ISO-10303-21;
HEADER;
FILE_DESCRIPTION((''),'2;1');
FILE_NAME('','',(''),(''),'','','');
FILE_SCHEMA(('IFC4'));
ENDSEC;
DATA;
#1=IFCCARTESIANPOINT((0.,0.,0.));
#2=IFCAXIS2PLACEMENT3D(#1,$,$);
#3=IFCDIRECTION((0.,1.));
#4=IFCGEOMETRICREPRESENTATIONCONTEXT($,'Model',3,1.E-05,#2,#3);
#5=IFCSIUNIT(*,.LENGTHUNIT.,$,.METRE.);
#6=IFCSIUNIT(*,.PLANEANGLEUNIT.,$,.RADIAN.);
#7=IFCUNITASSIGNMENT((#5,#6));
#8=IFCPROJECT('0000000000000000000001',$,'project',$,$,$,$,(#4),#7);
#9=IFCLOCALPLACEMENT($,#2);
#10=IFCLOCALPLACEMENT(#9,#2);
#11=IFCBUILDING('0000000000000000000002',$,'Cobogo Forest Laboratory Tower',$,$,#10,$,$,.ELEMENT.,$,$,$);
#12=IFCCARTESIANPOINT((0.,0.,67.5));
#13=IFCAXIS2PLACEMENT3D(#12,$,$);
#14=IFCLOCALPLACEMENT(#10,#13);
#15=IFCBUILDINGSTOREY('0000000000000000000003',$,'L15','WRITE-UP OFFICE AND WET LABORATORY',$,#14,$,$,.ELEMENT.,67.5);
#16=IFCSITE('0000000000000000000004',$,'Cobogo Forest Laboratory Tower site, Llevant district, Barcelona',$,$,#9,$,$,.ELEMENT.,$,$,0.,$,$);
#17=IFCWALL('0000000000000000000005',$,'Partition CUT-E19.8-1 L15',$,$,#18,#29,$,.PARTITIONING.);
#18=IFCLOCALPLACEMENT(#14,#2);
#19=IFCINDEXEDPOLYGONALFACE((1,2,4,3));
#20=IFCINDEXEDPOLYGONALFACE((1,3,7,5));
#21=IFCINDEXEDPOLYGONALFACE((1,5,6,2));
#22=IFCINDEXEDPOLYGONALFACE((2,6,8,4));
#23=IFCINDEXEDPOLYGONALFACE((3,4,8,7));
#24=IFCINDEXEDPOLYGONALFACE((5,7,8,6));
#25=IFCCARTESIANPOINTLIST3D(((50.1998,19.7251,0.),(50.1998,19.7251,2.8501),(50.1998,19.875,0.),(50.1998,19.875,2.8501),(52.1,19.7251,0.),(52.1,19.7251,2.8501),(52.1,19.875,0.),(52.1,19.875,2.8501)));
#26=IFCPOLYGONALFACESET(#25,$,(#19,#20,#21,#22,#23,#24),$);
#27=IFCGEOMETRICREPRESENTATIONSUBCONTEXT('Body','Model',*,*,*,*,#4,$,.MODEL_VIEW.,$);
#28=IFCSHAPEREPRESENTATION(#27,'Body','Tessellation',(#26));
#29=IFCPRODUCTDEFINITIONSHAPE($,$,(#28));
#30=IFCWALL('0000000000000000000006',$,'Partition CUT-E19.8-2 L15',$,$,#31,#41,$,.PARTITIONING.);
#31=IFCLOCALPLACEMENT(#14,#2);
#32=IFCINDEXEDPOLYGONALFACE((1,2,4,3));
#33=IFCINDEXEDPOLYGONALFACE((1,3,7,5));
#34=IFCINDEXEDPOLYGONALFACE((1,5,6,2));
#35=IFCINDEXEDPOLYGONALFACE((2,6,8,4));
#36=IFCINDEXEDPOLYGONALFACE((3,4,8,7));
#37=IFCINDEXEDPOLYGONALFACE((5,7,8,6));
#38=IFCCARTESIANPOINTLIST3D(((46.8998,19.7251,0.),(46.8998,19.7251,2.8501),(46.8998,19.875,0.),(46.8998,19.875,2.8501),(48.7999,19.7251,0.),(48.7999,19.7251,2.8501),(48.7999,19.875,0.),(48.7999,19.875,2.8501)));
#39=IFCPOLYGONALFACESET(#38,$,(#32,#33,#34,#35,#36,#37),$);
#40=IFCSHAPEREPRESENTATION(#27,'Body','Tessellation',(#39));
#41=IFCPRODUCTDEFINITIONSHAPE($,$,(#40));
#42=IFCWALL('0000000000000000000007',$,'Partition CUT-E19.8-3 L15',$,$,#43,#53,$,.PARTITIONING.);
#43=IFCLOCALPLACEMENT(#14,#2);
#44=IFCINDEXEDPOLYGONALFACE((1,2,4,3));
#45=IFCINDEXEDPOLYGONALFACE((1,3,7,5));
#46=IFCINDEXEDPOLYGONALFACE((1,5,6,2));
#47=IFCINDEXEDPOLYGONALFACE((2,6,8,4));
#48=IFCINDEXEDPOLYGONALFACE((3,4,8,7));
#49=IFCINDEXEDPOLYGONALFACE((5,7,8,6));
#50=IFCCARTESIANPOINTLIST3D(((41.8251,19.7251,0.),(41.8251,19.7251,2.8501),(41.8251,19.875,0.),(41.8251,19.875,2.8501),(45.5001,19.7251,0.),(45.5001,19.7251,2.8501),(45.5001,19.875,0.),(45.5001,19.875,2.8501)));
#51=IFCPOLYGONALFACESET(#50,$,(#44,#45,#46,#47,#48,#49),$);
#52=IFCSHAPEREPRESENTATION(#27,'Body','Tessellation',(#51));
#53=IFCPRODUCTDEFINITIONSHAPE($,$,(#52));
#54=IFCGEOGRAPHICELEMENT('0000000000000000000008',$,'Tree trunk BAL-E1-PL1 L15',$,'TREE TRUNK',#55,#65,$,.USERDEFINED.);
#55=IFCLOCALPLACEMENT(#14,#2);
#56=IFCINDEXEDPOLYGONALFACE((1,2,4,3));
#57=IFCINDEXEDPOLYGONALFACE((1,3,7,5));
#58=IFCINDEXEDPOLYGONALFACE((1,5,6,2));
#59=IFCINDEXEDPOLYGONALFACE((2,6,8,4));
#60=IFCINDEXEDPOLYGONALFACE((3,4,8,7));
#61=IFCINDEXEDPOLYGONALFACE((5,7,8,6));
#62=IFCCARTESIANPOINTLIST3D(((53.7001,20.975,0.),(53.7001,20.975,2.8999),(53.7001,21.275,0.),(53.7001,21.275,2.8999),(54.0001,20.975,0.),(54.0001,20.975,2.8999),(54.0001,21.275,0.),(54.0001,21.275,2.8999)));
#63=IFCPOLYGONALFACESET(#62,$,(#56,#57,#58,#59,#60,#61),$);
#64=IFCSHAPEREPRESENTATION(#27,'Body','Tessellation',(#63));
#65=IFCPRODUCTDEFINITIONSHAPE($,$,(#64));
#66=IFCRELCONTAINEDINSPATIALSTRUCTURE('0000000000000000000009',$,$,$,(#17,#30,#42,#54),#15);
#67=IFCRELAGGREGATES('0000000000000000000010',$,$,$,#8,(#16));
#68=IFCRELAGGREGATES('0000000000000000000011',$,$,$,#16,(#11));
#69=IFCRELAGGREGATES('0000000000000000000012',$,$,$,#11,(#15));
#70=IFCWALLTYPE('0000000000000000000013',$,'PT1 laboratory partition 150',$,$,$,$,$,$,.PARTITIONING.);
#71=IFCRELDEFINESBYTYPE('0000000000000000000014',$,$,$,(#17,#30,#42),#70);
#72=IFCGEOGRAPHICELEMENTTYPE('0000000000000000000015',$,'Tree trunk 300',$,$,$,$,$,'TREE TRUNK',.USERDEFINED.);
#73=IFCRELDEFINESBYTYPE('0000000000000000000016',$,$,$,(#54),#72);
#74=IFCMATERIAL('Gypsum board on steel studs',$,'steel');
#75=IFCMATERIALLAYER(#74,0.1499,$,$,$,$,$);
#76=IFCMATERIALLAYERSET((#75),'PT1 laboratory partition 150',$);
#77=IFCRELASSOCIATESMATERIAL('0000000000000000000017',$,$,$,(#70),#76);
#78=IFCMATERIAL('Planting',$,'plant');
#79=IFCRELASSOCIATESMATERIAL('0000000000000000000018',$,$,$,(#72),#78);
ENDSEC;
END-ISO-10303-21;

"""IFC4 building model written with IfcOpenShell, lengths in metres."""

from ifc_helpers import new_model, si_unit, direction, frame, frame_2d, origin, origin_2d, place, context, subcontext, project, spatial, rectangle, extrude, material, layer, layer_set, type_object, element, save


model = new_model("IFC4")

# Units and contexts
model_context = context("Model", 3, precision=1e-05, world=origin(), true_north=direction((0.0, 1.0)))
body_context = subcontext(model_context, "Body", "Model", "MODEL_VIEW")
ifc_project = project(units=[si_unit("LENGTHUNIT", "METRE"), si_unit("PLANEANGLEUNIT", "RADIAN")], contexts=[model_context])

# Site, building, storey
site_placement = place(None, origin())
site = spatial("IfcSite", under=ifc_project, at=site_placement, Name="Cobogo Forest Laboratory Tower site, Llevant district, Barcelona", CompositionType="ELEMENT", RefElevation=0.0)
building_placement = place(site_placement, origin())
building = spatial("IfcBuilding", under=site, at=building_placement, Name="Cobogo Forest Laboratory Tower", CompositionType="ELEMENT")
storey_placement = place(building_placement, frame((0.0, 0.0, 67.5)))
storey = spatial("IfcBuildingStorey", under=building, at=storey_placement, Name="L15", Description="WRITE-UP OFFICE AND WET LABORATORY", CompositionType="ELEMENT", Elevation=67.5)

# Walls
ifc_material_1 = material(Name="Gypsum board on steel studs", Category="steel")
ifc_layer_1 = layer(ifc_material_1, 0.1499)
ifc_layer_set_1 = layer_set([ifc_layer_1], Name="PT1 laboratory partition 150")
wall_type_1 = type_object("IfcWallType", Name="PT1 laboratory partition 150", PredefinedType="PARTITIONING", material=ifc_layer_set_1)
for number, where, z_axis, x_axis, name in (
    (1, (52.1001, 19.8, 0.0), (0.0, 0.0, 1.0), (-1.0, 0.0, 0.0), "Partition CUT-E19.8-1 L15"),
    (2, (48.8, 19.8, 0.0), (0.0, 0.0, 1.0), (-1.0, 0.0, 0.0), "Partition CUT-E19.8-2 L15"),
):
    element("IfcWall", number, at=place(storey_placement, frame(where, z_axis=z_axis, x_axis=x_axis)), inside=storey, type_object=wall_type_1, Name=name, PredefinedType="PARTITIONING", context=body_context, shape_type="SweptSolid", body=[
        extrude(rectangle(XDim=1.9001, YDim=0.1499, at=frame_2d((0.9502, 0.0))), origin(), (0.0, 0.0, 1.0), 2.8501),
    ])
wall_1_placement = place(storey_placement, frame((45.5, 19.8, 0.0), z_axis=(0.0, 0.0, 1.0), x_axis=(-1.0, 0.0, 0.0)))
element("IfcWall", 3, at=wall_1_placement, inside=storey, type_object=wall_type_1, Name="Partition CUT-E19.8-3 L15", PredefinedType="PARTITIONING", context=body_context, shape_type="SweptSolid", body=[
    extrude(rectangle(XDim=3.675, YDim=0.1499, at=frame_2d((1.8374, 0.0))), origin(), (0.0, 0.0, 1.0), 2.8501),
])

# Geographic element
ifc_material_2 = material(Name="Planting", Category="plant")
geographic_element_type = type_object("IfcGeographicElementType", Name="Tree trunk 300", ElementType="TREE TRUNK", PredefinedType="USERDEFINED", material=ifc_material_2)
geographic_element_placement = place(storey_placement, frame((53.8501, 21.125, 0.0), z_axis=(0.0, 0.0, 1.0), x_axis=(1.0, 0.0, 0.0)))
element("IfcGeographicElement", 4, at=geographic_element_placement, inside=storey, type_object=geographic_element_type, Name="Tree trunk BAL-E1-PL1 L15", ObjectType="TREE TRUNK", PredefinedType="USERDEFINED", context=body_context, shape_type="SweptSolid", body=[
    extrude(rectangle(XDim=0.3, YDim=0.3, at=origin_2d()), origin(), (0.0, 0.0, 1.0), 2.8999),
])

save(model, "model.ifc")
